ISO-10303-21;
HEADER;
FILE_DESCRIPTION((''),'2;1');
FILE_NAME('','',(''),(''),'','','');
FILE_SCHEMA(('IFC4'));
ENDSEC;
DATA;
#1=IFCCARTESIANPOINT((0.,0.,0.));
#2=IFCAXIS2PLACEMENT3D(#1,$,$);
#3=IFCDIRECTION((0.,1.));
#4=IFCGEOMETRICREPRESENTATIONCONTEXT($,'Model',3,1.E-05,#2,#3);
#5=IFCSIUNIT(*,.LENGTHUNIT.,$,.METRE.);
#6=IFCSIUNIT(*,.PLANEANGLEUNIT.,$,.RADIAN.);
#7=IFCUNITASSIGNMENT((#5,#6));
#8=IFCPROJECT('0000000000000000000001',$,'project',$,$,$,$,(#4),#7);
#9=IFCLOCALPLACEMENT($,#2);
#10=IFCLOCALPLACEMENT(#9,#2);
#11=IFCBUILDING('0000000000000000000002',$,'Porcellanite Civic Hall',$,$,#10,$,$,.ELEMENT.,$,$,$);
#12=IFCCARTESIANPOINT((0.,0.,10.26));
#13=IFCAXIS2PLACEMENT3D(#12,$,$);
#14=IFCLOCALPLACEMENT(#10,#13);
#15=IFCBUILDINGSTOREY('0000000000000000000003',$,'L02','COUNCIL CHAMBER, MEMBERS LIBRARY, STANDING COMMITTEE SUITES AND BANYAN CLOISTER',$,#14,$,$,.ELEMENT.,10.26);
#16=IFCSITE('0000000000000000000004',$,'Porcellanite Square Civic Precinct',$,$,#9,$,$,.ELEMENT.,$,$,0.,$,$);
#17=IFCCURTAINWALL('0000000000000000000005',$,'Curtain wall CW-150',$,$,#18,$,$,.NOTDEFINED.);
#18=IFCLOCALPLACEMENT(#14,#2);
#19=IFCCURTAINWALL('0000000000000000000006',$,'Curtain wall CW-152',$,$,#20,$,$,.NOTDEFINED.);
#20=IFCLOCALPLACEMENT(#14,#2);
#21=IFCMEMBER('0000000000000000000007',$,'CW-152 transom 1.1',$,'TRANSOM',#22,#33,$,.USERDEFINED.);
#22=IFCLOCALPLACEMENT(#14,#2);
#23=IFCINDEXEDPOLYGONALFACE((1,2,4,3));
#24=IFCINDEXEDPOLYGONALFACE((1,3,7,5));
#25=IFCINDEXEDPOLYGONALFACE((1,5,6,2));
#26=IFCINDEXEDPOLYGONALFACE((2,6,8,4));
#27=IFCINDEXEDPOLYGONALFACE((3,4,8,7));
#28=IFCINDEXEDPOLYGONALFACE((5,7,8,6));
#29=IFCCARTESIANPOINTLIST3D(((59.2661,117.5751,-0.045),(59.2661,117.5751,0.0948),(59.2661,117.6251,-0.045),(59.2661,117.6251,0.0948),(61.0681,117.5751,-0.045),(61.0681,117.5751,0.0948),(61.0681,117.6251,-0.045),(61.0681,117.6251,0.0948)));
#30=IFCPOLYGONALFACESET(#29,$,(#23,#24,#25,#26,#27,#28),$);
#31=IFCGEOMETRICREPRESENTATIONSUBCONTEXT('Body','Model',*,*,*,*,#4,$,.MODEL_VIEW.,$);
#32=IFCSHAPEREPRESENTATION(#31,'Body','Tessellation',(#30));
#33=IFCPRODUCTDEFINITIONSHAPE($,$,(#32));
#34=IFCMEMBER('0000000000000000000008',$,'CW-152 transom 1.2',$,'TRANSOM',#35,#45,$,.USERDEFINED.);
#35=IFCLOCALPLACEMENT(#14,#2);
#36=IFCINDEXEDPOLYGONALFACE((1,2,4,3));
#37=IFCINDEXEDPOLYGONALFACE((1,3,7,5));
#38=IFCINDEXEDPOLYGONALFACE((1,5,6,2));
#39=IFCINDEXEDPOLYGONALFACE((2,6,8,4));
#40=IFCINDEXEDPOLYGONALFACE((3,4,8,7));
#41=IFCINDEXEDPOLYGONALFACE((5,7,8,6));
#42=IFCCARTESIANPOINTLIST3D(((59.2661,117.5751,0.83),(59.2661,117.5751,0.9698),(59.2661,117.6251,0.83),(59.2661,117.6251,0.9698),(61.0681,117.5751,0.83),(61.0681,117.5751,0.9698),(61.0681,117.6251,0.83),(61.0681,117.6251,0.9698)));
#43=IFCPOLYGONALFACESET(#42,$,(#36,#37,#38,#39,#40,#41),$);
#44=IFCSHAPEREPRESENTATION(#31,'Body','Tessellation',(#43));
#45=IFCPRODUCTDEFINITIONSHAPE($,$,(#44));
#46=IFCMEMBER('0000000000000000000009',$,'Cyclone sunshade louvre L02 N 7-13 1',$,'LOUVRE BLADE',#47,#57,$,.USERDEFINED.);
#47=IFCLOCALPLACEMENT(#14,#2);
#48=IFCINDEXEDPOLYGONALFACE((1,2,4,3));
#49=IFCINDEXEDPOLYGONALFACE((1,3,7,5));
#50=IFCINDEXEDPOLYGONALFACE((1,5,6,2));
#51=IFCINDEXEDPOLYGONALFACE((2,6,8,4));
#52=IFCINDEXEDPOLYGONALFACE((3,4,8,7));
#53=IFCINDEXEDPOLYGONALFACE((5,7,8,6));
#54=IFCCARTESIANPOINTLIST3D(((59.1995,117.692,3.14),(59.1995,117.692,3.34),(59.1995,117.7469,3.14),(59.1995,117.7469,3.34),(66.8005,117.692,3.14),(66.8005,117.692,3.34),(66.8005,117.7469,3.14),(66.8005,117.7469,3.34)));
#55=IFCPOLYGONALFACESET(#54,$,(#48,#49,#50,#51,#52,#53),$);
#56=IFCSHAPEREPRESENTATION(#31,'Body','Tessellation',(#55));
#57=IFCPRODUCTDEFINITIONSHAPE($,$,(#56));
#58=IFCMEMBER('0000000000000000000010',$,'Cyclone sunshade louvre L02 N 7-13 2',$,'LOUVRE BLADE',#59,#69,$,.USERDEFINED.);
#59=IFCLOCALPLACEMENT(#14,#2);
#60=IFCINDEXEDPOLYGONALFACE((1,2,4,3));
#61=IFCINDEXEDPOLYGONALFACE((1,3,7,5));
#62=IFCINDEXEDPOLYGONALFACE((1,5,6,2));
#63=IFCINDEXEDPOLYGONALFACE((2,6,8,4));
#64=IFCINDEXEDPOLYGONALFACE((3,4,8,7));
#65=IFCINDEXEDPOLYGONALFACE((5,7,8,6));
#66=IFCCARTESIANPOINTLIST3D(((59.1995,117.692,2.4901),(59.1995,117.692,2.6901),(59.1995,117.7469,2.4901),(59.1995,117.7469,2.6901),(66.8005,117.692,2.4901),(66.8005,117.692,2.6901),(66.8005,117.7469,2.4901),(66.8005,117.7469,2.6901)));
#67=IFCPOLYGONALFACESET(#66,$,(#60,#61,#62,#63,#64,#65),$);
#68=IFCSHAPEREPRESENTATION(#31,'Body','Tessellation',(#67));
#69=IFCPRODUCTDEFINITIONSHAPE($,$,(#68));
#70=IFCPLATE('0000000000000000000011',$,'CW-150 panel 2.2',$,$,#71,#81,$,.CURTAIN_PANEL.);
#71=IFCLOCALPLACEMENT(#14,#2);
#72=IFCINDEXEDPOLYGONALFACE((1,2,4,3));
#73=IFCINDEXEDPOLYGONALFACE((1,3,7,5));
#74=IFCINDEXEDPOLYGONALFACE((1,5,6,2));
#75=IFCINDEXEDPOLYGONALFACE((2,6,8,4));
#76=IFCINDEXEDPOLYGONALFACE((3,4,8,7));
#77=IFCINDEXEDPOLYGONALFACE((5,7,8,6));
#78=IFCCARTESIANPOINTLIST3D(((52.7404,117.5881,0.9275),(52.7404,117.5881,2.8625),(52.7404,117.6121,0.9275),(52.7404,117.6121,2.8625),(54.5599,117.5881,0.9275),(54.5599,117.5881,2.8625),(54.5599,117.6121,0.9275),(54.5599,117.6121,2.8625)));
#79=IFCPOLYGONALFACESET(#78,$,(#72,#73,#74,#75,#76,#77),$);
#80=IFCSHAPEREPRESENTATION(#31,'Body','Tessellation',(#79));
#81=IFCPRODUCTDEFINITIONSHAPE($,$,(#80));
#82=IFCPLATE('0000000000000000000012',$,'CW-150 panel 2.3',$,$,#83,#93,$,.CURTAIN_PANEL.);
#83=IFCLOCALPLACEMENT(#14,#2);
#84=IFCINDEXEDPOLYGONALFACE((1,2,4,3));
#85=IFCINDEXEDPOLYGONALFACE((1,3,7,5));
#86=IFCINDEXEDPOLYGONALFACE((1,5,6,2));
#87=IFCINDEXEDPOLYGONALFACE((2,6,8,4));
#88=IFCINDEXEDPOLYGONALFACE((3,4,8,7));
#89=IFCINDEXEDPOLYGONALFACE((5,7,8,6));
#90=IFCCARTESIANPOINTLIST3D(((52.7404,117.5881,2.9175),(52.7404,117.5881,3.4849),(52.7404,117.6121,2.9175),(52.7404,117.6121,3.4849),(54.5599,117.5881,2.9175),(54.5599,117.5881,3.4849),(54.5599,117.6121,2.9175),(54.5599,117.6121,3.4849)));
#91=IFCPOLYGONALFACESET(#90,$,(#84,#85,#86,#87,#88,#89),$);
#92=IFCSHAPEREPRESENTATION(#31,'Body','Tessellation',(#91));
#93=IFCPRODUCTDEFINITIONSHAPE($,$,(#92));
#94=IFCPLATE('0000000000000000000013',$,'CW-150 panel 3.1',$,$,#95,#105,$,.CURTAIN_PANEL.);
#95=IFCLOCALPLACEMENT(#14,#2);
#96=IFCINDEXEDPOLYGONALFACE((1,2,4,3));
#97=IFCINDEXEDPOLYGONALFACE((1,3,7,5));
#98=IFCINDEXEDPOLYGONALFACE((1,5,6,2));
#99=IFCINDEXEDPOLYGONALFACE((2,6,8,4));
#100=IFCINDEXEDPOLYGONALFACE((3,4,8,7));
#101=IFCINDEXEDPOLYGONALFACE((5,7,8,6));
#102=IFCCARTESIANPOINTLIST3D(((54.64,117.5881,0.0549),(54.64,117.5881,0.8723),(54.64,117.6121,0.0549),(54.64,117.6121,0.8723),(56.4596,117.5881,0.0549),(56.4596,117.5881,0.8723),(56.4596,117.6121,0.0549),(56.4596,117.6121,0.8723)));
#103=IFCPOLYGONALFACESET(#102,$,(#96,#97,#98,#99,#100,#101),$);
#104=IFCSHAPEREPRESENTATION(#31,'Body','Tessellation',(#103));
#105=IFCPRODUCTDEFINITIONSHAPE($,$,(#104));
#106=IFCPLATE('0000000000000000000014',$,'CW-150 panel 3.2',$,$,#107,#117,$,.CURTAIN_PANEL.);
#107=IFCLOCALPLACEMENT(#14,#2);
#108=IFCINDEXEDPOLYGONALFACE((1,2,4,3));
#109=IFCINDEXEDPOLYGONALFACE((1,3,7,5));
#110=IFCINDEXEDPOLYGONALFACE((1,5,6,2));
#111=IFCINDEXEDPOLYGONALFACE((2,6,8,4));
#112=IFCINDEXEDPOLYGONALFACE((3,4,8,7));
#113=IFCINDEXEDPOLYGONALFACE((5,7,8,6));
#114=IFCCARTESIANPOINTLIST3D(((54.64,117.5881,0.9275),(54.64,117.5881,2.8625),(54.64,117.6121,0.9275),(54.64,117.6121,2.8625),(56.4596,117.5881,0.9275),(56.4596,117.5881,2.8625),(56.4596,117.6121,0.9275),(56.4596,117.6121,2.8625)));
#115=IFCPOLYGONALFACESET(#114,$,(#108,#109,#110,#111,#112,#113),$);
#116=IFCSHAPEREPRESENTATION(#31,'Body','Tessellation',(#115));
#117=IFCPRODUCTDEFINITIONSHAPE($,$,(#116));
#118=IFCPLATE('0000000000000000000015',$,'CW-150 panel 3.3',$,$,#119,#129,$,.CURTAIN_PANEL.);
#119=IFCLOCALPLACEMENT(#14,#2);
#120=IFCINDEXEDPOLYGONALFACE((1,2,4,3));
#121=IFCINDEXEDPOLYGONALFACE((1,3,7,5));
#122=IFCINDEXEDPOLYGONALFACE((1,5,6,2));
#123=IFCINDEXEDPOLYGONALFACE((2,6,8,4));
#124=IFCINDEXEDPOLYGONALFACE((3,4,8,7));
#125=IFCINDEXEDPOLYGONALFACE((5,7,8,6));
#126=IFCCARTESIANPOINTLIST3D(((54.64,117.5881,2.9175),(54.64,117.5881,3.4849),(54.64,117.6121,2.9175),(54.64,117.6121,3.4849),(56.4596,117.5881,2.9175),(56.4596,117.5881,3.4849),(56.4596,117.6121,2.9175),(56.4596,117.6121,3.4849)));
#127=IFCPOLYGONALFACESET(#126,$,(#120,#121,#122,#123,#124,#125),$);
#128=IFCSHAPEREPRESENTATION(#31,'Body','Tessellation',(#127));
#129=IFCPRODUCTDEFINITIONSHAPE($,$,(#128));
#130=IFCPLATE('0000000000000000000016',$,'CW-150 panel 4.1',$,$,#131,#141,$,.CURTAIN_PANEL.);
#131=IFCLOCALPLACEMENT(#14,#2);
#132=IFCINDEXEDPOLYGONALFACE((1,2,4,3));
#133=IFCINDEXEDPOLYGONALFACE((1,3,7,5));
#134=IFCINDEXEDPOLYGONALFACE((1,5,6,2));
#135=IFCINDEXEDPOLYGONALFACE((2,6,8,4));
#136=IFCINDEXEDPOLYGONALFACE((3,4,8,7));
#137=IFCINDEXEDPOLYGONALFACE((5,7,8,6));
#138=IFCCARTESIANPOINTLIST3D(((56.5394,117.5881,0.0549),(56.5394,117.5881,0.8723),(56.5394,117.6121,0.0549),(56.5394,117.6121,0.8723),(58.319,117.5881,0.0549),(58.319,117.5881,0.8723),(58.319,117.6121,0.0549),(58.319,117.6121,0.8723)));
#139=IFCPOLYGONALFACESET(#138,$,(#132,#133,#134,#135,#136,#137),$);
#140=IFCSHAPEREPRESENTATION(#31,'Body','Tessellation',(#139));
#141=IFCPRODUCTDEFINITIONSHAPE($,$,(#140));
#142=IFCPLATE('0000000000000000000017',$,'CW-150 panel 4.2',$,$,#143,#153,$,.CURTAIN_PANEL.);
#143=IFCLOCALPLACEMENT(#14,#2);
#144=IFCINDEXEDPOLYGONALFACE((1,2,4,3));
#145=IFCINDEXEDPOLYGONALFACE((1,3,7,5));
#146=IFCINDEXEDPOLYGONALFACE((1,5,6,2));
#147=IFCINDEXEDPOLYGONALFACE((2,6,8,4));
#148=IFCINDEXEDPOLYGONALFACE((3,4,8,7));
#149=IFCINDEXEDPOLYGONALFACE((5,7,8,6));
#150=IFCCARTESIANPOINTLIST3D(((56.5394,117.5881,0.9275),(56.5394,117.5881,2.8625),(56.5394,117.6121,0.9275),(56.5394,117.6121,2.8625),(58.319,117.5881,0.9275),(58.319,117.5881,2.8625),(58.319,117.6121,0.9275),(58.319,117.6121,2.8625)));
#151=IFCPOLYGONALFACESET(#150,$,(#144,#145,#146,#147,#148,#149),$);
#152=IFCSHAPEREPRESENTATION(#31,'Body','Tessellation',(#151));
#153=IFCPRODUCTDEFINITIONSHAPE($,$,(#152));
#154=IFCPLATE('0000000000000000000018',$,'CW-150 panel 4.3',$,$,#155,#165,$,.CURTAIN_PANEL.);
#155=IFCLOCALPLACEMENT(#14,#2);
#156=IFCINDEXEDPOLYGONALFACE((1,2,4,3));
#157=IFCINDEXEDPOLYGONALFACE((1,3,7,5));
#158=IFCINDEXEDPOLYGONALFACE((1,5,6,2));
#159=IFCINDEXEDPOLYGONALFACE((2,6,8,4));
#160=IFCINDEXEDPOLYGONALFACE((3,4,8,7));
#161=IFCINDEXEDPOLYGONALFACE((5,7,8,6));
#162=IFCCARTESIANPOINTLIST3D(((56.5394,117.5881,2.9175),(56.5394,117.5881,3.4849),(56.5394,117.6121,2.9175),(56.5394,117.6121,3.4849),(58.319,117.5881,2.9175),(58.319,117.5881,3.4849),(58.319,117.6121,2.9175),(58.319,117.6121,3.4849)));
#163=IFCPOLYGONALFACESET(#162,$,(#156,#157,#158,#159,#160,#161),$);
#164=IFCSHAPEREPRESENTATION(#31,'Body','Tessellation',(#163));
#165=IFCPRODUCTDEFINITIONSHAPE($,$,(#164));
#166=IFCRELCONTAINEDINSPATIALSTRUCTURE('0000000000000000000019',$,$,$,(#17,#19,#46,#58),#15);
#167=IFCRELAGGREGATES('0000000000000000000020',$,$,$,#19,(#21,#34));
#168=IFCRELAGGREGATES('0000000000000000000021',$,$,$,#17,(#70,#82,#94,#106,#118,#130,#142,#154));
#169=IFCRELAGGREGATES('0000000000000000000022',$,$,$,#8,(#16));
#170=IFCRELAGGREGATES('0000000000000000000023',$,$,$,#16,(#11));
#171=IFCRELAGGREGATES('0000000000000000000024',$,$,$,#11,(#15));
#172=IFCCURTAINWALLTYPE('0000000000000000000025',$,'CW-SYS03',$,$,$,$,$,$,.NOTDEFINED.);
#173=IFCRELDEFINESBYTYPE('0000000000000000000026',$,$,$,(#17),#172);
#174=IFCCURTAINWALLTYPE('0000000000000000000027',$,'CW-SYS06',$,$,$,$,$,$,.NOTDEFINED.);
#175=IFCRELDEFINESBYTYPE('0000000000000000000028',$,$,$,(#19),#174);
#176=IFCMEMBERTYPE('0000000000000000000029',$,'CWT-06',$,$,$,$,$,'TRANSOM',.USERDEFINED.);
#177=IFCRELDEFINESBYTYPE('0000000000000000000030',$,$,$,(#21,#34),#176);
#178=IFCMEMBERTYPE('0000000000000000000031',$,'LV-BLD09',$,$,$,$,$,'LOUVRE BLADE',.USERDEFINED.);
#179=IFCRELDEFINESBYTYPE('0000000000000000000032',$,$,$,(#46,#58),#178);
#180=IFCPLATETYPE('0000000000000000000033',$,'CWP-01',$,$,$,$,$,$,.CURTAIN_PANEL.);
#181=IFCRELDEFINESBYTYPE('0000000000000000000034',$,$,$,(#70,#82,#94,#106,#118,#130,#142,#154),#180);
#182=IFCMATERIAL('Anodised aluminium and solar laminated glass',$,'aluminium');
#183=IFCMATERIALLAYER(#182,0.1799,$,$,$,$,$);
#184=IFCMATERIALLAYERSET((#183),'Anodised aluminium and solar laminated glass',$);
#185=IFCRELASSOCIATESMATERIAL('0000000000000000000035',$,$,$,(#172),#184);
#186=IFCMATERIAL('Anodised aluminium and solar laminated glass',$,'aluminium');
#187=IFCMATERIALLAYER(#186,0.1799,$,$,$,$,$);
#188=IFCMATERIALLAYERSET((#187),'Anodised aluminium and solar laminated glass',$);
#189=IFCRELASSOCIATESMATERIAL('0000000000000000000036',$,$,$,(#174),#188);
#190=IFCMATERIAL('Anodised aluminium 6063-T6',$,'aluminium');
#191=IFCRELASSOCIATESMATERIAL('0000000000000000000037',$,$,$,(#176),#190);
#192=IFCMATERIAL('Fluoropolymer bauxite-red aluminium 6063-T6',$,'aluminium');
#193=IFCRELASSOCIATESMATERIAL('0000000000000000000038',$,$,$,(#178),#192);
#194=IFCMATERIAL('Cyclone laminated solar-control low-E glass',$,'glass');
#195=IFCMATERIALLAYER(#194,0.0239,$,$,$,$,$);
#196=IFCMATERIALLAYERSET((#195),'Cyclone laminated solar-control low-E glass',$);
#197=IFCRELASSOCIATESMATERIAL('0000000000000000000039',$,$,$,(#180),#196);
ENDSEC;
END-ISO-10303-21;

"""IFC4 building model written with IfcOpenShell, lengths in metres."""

from ifc_helpers import new_model, si_unit, direction, frame, origin, origin_2d, place, context, subcontext, project, spatial, rectangle, extrude, material, layer, layer_set, material_profile, profile_set, type_object, element, aggregate, save


model = new_model("IFC4")

# Units and contexts
model_context = context("Model", 3, precision=1e-05, world=origin(), true_north=direction((0.0, 1.0)))
body_context = subcontext(model_context, "Body", "Model", "MODEL_VIEW")
ifc_project = project(units=[si_unit("LENGTHUNIT", "METRE"), si_unit("PLANEANGLEUNIT", "RADIAN")], contexts=[model_context])

# Site, building, storey
site_placement = place(None, origin())
site = spatial("IfcSite", under=ifc_project, at=site_placement, Name="Porcellanite Square Civic Precinct", CompositionType="ELEMENT", RefElevation=0.0)
building_placement = place(site_placement, origin())
building = spatial("IfcBuilding", under=site, at=building_placement, Name="Porcellanite Civic Hall", CompositionType="ELEMENT")
storey_placement = place(building_placement, frame((0.0, 0.0, 10.26)))
storey = spatial("IfcBuildingStorey", under=building, at=storey_placement, Name="L02", Description="COUNCIL CHAMBER, MEMBERS LIBRARY, STANDING COMMITTEE SUITES AND BANYAN CLOISTER", CompositionType="ELEMENT", Elevation=10.26)

# Curtain wall
ifc_material_1 = material(Name="Anodised aluminium and solar laminated glass", Category="aluminium")
ifc_layer_1 = layer(ifc_material_1, 0.1799)
ifc_layer_set_1 = layer_set([ifc_layer_1], Name="Anodised aluminium and solar laminated glass")
curtain_wall_type_1 = type_object("IfcCurtainWallType", Name="CW-SYS03", PredefinedType="NOTDEFINED", material=ifc_layer_set_1)
curtain_wall_1_placement = place(storey_placement, origin())
curtain_wall_1 = element("IfcCurtainWall", 1, at=curtain_wall_1_placement, inside=storey, type_object=curtain_wall_type_1, Name="Curtain wall CW-150", PredefinedType="NOTDEFINED")

# Curtain wall
ifc_material_2 = material(Name="Anodised aluminium and solar laminated glass", Category="aluminium")
ifc_layer_2 = layer(ifc_material_2, 0.1799)
ifc_layer_set_2 = layer_set([ifc_layer_2], Name="Anodised aluminium and solar laminated glass")
curtain_wall_type_2 = type_object("IfcCurtainWallType", Name="CW-SYS06", PredefinedType="NOTDEFINED", material=ifc_layer_set_2)
curtain_wall_2_placement = place(storey_placement, origin())
curtain_wall_2 = element("IfcCurtainWall", 2, at=curtain_wall_2_placement, inside=storey, type_object=curtain_wall_type_2, Name="Curtain wall CW-152", PredefinedType="NOTDEFINED")

# Members
ifc_material_3 = material(Name="Anodised aluminium 6063-T6", Category="aluminium")
ifc_material_profile_1 = material_profile(ifc_material_3, rectangle(XDim=0.05, YDim=0.1399, at=origin_2d()), Name="AL-50x140")
ifc_profile_set_1 = profile_set([ifc_material_profile_1], Name="Anodised aluminium 6063-T6")
member_type_1 = type_object("IfcMemberType", Name="CWT-06", ElementType="TRANSOM", PredefinedType="USERDEFINED", material=ifc_profile_set_1)
member_1_placement = place(storey_placement, frame((59.2661, 117.6001, 0.0249), z_axis=(1.0, 0.0, 0.0), x_axis=(0.0, 1.0, 0.0)))
member_1 = element("IfcMember", 3, at=member_1_placement, type_object=member_type_1, Name="CW-152 transom 1.1", ObjectType="TRANSOM", PredefinedType="USERDEFINED", context=body_context, shape_type="SweptSolid", body=[
    extrude(rectangle(XDim=0.05, YDim=0.1399, at=origin_2d()), origin(), (0.0, 0.0, 1.0), 1.802),
])
member_2_placement = place(storey_placement, frame((59.2661, 117.6001, 0.8999), z_axis=(1.0, 0.0, 0.0), x_axis=(0.0, 1.0, 0.0)))
member_2 = element("IfcMember", 4, at=member_2_placement, type_object=member_type_1, Name="CW-152 transom 1.2", ObjectType="TRANSOM", PredefinedType="USERDEFINED", context=body_context, shape_type="SweptSolid", body=[
    extrude(rectangle(XDim=0.05, YDim=0.1399, at=origin_2d()), origin(), (0.0, 0.0, 1.0), 1.802),
])
aggregate(curtain_wall_2, [member_1, member_2])

# Members
ifc_material_4 = material(Name="Fluoropolymer bauxite-red aluminium 6063-T6", Category="aluminium")
ifc_material_profile_2 = material_profile(ifc_material_4, rectangle(XDim=0.0549, YDim=0.2, at=origin_2d()), Name="AL-55x200")
ifc_profile_set_2 = profile_set([ifc_material_profile_2], Name="Fluoropolymer bauxite-red aluminium 6063-T6")
member_type_2 = type_object("IfcMemberType", Name="LV-BLD09", ElementType="LOUVRE BLADE", PredefinedType="USERDEFINED", material=ifc_profile_set_2)
for number, where, z_axis, x_axis, name in (
    (5, (59.1995, 117.7195, 3.24), (1.0, 0.0, 0.0), (0.0, 1.0, 0.0), "Cyclone sunshade louvre L02 N 7-13 1"),
    (6, (59.1995, 117.7195, 2.5901), (1.0, 0.0, 0.0), (0.0, 1.0, 0.0), "Cyclone sunshade louvre L02 N 7-13 2"),
):
    element("IfcMember", number, at=place(storey_placement, frame(where, z_axis=z_axis, x_axis=x_axis)), inside=storey, type_object=member_type_2, Name=name, ObjectType="LOUVRE BLADE", PredefinedType="USERDEFINED", context=body_context, shape_type="SweptSolid", body=[
        extrude(rectangle(XDim=0.0549, YDim=0.2, at=origin_2d()), origin(), (0.0, 0.0, 1.0), 7.6011),
    ])

# Plates
ifc_material_5 = material(Name="Cyclone laminated solar-control low-E glass", Category="glass")
ifc_layer_3 = layer(ifc_material_5, 0.0239)
ifc_layer_set_3 = layer_set([ifc_layer_3], Name="Cyclone laminated solar-control low-E glass")
plate_type = type_object("IfcPlateType", Name="CWP-01", PredefinedType="CURTAIN_PANEL", material=ifc_layer_set_3)
plate_1_placement = place(storey_placement, frame((53.6501, 117.6001, 0.9275), z_axis=(0.0, 0.0, 1.0), x_axis=(1.0, 0.0, 0.0)))
plate_1 = element("IfcPlate", 7, at=plate_1_placement, type_object=plate_type, Name="CW-150 panel 2.2", PredefinedType="CURTAIN_PANEL", context=body_context, shape_type="SweptSolid", body=[
    extrude(rectangle(XDim=1.8196, YDim=0.0239, at=origin_2d()), origin(), (0.0, 0.0, 1.0), 1.9351),
])
plate_2_placement = place(storey_placement, frame((53.6501, 117.6001, 2.9175), z_axis=(0.0, 0.0, 1.0), x_axis=(1.0, 0.0, 0.0)))
plate_2 = element("IfcPlate", 8, at=plate_2_placement, type_object=plate_type, Name="CW-150 panel 2.3", PredefinedType="CURTAIN_PANEL", context=body_context, shape_type="SweptSolid", body=[
    extrude(rectangle(XDim=1.8196, YDim=0.0239, at=origin_2d()), origin(), (0.0, 0.0, 1.0), 0.5674),
])
plate_3_placement = place(storey_placement, frame((55.5498, 117.6001, 0.0549), z_axis=(0.0, 0.0, 1.0), x_axis=(1.0, 0.0, 0.0)))
plate_3 = element("IfcPlate", 9, at=plate_3_placement, type_object=plate_type, Name="CW-150 panel 3.1", PredefinedType="CURTAIN_PANEL", context=body_context, shape_type="SweptSolid", body=[
    extrude(rectangle(XDim=1.8196, YDim=0.0239, at=origin_2d()), origin(), (0.0, 0.0, 1.0), 0.8174),
])
plate_4_placement = place(storey_placement, frame((55.5498, 117.6001, 0.9275), z_axis=(0.0, 0.0, 1.0), x_axis=(1.0, 0.0, 0.0)))
plate_4 = element("IfcPlate", 10, at=plate_4_placement, type_object=plate_type, Name="CW-150 panel 3.2", PredefinedType="CURTAIN_PANEL", context=body_context, shape_type="SweptSolid", body=[
    extrude(rectangle(XDim=1.8196, YDim=0.0239, at=origin_2d()), origin(), (0.0, 0.0, 1.0), 1.9351),
])
plate_5_placement = place(storey_placement, frame((55.5498, 117.6001, 2.9175), z_axis=(0.0, 0.0, 1.0), x_axis=(1.0, 0.0, 0.0)))
plate_5 = element("IfcPlate", 11, at=plate_5_placement, type_object=plate_type, Name="CW-150 panel 3.3", PredefinedType="CURTAIN_PANEL", context=body_context, shape_type="SweptSolid", body=[
    extrude(rectangle(XDim=1.8196, YDim=0.0239, at=origin_2d()), origin(), (0.0, 0.0, 1.0), 0.5674),
])
plate_6_placement = place(storey_placement, frame((57.4292, 117.6001, 0.0549), z_axis=(0.0, 0.0, 1.0), x_axis=(1.0, 0.0, 0.0)))
plate_6 = element("IfcPlate", 12, at=plate_6_placement, type_object=plate_type, Name="CW-150 panel 4.1", PredefinedType="CURTAIN_PANEL", context=body_context, shape_type="SweptSolid", body=[
    extrude(rectangle(XDim=1.7795, YDim=0.0239, at=origin_2d()), origin(), (0.0, 0.0, 1.0), 0.8174),
])
plate_7_placement = place(storey_placement, frame((57.4292, 117.6001, 0.9275), z_axis=(0.0, 0.0, 1.0), x_axis=(1.0, 0.0, 0.0)))
plate_7 = element("IfcPlate", 13, at=plate_7_placement, type_object=plate_type, Name="CW-150 panel 4.2", PredefinedType="CURTAIN_PANEL", context=body_context, shape_type="SweptSolid", body=[
    extrude(rectangle(XDim=1.7795, YDim=0.0239, at=origin_2d()), origin(), (0.0, 0.0, 1.0), 1.9351),
])
plate_8_placement = place(storey_placement, frame((57.4292, 117.6001, 2.9175), z_axis=(0.0, 0.0, 1.0), x_axis=(1.0, 0.0, 0.0)))
plate_8 = element("IfcPlate", 14, at=plate_8_placement, type_object=plate_type, Name="CW-150 panel 4.3", PredefinedType="CURTAIN_PANEL", context=body_context, shape_type="SweptSolid", body=[
    extrude(rectangle(XDim=1.7795, YDim=0.0239, at=origin_2d()), origin(), (0.0, 0.0, 1.0), 0.5674),
])
aggregate(curtain_wall_1, [plate_1, plate_2, plate_3, plate_4, plate_5, plate_6, plate_7, plate_8])

save(model, "model.ifc")
